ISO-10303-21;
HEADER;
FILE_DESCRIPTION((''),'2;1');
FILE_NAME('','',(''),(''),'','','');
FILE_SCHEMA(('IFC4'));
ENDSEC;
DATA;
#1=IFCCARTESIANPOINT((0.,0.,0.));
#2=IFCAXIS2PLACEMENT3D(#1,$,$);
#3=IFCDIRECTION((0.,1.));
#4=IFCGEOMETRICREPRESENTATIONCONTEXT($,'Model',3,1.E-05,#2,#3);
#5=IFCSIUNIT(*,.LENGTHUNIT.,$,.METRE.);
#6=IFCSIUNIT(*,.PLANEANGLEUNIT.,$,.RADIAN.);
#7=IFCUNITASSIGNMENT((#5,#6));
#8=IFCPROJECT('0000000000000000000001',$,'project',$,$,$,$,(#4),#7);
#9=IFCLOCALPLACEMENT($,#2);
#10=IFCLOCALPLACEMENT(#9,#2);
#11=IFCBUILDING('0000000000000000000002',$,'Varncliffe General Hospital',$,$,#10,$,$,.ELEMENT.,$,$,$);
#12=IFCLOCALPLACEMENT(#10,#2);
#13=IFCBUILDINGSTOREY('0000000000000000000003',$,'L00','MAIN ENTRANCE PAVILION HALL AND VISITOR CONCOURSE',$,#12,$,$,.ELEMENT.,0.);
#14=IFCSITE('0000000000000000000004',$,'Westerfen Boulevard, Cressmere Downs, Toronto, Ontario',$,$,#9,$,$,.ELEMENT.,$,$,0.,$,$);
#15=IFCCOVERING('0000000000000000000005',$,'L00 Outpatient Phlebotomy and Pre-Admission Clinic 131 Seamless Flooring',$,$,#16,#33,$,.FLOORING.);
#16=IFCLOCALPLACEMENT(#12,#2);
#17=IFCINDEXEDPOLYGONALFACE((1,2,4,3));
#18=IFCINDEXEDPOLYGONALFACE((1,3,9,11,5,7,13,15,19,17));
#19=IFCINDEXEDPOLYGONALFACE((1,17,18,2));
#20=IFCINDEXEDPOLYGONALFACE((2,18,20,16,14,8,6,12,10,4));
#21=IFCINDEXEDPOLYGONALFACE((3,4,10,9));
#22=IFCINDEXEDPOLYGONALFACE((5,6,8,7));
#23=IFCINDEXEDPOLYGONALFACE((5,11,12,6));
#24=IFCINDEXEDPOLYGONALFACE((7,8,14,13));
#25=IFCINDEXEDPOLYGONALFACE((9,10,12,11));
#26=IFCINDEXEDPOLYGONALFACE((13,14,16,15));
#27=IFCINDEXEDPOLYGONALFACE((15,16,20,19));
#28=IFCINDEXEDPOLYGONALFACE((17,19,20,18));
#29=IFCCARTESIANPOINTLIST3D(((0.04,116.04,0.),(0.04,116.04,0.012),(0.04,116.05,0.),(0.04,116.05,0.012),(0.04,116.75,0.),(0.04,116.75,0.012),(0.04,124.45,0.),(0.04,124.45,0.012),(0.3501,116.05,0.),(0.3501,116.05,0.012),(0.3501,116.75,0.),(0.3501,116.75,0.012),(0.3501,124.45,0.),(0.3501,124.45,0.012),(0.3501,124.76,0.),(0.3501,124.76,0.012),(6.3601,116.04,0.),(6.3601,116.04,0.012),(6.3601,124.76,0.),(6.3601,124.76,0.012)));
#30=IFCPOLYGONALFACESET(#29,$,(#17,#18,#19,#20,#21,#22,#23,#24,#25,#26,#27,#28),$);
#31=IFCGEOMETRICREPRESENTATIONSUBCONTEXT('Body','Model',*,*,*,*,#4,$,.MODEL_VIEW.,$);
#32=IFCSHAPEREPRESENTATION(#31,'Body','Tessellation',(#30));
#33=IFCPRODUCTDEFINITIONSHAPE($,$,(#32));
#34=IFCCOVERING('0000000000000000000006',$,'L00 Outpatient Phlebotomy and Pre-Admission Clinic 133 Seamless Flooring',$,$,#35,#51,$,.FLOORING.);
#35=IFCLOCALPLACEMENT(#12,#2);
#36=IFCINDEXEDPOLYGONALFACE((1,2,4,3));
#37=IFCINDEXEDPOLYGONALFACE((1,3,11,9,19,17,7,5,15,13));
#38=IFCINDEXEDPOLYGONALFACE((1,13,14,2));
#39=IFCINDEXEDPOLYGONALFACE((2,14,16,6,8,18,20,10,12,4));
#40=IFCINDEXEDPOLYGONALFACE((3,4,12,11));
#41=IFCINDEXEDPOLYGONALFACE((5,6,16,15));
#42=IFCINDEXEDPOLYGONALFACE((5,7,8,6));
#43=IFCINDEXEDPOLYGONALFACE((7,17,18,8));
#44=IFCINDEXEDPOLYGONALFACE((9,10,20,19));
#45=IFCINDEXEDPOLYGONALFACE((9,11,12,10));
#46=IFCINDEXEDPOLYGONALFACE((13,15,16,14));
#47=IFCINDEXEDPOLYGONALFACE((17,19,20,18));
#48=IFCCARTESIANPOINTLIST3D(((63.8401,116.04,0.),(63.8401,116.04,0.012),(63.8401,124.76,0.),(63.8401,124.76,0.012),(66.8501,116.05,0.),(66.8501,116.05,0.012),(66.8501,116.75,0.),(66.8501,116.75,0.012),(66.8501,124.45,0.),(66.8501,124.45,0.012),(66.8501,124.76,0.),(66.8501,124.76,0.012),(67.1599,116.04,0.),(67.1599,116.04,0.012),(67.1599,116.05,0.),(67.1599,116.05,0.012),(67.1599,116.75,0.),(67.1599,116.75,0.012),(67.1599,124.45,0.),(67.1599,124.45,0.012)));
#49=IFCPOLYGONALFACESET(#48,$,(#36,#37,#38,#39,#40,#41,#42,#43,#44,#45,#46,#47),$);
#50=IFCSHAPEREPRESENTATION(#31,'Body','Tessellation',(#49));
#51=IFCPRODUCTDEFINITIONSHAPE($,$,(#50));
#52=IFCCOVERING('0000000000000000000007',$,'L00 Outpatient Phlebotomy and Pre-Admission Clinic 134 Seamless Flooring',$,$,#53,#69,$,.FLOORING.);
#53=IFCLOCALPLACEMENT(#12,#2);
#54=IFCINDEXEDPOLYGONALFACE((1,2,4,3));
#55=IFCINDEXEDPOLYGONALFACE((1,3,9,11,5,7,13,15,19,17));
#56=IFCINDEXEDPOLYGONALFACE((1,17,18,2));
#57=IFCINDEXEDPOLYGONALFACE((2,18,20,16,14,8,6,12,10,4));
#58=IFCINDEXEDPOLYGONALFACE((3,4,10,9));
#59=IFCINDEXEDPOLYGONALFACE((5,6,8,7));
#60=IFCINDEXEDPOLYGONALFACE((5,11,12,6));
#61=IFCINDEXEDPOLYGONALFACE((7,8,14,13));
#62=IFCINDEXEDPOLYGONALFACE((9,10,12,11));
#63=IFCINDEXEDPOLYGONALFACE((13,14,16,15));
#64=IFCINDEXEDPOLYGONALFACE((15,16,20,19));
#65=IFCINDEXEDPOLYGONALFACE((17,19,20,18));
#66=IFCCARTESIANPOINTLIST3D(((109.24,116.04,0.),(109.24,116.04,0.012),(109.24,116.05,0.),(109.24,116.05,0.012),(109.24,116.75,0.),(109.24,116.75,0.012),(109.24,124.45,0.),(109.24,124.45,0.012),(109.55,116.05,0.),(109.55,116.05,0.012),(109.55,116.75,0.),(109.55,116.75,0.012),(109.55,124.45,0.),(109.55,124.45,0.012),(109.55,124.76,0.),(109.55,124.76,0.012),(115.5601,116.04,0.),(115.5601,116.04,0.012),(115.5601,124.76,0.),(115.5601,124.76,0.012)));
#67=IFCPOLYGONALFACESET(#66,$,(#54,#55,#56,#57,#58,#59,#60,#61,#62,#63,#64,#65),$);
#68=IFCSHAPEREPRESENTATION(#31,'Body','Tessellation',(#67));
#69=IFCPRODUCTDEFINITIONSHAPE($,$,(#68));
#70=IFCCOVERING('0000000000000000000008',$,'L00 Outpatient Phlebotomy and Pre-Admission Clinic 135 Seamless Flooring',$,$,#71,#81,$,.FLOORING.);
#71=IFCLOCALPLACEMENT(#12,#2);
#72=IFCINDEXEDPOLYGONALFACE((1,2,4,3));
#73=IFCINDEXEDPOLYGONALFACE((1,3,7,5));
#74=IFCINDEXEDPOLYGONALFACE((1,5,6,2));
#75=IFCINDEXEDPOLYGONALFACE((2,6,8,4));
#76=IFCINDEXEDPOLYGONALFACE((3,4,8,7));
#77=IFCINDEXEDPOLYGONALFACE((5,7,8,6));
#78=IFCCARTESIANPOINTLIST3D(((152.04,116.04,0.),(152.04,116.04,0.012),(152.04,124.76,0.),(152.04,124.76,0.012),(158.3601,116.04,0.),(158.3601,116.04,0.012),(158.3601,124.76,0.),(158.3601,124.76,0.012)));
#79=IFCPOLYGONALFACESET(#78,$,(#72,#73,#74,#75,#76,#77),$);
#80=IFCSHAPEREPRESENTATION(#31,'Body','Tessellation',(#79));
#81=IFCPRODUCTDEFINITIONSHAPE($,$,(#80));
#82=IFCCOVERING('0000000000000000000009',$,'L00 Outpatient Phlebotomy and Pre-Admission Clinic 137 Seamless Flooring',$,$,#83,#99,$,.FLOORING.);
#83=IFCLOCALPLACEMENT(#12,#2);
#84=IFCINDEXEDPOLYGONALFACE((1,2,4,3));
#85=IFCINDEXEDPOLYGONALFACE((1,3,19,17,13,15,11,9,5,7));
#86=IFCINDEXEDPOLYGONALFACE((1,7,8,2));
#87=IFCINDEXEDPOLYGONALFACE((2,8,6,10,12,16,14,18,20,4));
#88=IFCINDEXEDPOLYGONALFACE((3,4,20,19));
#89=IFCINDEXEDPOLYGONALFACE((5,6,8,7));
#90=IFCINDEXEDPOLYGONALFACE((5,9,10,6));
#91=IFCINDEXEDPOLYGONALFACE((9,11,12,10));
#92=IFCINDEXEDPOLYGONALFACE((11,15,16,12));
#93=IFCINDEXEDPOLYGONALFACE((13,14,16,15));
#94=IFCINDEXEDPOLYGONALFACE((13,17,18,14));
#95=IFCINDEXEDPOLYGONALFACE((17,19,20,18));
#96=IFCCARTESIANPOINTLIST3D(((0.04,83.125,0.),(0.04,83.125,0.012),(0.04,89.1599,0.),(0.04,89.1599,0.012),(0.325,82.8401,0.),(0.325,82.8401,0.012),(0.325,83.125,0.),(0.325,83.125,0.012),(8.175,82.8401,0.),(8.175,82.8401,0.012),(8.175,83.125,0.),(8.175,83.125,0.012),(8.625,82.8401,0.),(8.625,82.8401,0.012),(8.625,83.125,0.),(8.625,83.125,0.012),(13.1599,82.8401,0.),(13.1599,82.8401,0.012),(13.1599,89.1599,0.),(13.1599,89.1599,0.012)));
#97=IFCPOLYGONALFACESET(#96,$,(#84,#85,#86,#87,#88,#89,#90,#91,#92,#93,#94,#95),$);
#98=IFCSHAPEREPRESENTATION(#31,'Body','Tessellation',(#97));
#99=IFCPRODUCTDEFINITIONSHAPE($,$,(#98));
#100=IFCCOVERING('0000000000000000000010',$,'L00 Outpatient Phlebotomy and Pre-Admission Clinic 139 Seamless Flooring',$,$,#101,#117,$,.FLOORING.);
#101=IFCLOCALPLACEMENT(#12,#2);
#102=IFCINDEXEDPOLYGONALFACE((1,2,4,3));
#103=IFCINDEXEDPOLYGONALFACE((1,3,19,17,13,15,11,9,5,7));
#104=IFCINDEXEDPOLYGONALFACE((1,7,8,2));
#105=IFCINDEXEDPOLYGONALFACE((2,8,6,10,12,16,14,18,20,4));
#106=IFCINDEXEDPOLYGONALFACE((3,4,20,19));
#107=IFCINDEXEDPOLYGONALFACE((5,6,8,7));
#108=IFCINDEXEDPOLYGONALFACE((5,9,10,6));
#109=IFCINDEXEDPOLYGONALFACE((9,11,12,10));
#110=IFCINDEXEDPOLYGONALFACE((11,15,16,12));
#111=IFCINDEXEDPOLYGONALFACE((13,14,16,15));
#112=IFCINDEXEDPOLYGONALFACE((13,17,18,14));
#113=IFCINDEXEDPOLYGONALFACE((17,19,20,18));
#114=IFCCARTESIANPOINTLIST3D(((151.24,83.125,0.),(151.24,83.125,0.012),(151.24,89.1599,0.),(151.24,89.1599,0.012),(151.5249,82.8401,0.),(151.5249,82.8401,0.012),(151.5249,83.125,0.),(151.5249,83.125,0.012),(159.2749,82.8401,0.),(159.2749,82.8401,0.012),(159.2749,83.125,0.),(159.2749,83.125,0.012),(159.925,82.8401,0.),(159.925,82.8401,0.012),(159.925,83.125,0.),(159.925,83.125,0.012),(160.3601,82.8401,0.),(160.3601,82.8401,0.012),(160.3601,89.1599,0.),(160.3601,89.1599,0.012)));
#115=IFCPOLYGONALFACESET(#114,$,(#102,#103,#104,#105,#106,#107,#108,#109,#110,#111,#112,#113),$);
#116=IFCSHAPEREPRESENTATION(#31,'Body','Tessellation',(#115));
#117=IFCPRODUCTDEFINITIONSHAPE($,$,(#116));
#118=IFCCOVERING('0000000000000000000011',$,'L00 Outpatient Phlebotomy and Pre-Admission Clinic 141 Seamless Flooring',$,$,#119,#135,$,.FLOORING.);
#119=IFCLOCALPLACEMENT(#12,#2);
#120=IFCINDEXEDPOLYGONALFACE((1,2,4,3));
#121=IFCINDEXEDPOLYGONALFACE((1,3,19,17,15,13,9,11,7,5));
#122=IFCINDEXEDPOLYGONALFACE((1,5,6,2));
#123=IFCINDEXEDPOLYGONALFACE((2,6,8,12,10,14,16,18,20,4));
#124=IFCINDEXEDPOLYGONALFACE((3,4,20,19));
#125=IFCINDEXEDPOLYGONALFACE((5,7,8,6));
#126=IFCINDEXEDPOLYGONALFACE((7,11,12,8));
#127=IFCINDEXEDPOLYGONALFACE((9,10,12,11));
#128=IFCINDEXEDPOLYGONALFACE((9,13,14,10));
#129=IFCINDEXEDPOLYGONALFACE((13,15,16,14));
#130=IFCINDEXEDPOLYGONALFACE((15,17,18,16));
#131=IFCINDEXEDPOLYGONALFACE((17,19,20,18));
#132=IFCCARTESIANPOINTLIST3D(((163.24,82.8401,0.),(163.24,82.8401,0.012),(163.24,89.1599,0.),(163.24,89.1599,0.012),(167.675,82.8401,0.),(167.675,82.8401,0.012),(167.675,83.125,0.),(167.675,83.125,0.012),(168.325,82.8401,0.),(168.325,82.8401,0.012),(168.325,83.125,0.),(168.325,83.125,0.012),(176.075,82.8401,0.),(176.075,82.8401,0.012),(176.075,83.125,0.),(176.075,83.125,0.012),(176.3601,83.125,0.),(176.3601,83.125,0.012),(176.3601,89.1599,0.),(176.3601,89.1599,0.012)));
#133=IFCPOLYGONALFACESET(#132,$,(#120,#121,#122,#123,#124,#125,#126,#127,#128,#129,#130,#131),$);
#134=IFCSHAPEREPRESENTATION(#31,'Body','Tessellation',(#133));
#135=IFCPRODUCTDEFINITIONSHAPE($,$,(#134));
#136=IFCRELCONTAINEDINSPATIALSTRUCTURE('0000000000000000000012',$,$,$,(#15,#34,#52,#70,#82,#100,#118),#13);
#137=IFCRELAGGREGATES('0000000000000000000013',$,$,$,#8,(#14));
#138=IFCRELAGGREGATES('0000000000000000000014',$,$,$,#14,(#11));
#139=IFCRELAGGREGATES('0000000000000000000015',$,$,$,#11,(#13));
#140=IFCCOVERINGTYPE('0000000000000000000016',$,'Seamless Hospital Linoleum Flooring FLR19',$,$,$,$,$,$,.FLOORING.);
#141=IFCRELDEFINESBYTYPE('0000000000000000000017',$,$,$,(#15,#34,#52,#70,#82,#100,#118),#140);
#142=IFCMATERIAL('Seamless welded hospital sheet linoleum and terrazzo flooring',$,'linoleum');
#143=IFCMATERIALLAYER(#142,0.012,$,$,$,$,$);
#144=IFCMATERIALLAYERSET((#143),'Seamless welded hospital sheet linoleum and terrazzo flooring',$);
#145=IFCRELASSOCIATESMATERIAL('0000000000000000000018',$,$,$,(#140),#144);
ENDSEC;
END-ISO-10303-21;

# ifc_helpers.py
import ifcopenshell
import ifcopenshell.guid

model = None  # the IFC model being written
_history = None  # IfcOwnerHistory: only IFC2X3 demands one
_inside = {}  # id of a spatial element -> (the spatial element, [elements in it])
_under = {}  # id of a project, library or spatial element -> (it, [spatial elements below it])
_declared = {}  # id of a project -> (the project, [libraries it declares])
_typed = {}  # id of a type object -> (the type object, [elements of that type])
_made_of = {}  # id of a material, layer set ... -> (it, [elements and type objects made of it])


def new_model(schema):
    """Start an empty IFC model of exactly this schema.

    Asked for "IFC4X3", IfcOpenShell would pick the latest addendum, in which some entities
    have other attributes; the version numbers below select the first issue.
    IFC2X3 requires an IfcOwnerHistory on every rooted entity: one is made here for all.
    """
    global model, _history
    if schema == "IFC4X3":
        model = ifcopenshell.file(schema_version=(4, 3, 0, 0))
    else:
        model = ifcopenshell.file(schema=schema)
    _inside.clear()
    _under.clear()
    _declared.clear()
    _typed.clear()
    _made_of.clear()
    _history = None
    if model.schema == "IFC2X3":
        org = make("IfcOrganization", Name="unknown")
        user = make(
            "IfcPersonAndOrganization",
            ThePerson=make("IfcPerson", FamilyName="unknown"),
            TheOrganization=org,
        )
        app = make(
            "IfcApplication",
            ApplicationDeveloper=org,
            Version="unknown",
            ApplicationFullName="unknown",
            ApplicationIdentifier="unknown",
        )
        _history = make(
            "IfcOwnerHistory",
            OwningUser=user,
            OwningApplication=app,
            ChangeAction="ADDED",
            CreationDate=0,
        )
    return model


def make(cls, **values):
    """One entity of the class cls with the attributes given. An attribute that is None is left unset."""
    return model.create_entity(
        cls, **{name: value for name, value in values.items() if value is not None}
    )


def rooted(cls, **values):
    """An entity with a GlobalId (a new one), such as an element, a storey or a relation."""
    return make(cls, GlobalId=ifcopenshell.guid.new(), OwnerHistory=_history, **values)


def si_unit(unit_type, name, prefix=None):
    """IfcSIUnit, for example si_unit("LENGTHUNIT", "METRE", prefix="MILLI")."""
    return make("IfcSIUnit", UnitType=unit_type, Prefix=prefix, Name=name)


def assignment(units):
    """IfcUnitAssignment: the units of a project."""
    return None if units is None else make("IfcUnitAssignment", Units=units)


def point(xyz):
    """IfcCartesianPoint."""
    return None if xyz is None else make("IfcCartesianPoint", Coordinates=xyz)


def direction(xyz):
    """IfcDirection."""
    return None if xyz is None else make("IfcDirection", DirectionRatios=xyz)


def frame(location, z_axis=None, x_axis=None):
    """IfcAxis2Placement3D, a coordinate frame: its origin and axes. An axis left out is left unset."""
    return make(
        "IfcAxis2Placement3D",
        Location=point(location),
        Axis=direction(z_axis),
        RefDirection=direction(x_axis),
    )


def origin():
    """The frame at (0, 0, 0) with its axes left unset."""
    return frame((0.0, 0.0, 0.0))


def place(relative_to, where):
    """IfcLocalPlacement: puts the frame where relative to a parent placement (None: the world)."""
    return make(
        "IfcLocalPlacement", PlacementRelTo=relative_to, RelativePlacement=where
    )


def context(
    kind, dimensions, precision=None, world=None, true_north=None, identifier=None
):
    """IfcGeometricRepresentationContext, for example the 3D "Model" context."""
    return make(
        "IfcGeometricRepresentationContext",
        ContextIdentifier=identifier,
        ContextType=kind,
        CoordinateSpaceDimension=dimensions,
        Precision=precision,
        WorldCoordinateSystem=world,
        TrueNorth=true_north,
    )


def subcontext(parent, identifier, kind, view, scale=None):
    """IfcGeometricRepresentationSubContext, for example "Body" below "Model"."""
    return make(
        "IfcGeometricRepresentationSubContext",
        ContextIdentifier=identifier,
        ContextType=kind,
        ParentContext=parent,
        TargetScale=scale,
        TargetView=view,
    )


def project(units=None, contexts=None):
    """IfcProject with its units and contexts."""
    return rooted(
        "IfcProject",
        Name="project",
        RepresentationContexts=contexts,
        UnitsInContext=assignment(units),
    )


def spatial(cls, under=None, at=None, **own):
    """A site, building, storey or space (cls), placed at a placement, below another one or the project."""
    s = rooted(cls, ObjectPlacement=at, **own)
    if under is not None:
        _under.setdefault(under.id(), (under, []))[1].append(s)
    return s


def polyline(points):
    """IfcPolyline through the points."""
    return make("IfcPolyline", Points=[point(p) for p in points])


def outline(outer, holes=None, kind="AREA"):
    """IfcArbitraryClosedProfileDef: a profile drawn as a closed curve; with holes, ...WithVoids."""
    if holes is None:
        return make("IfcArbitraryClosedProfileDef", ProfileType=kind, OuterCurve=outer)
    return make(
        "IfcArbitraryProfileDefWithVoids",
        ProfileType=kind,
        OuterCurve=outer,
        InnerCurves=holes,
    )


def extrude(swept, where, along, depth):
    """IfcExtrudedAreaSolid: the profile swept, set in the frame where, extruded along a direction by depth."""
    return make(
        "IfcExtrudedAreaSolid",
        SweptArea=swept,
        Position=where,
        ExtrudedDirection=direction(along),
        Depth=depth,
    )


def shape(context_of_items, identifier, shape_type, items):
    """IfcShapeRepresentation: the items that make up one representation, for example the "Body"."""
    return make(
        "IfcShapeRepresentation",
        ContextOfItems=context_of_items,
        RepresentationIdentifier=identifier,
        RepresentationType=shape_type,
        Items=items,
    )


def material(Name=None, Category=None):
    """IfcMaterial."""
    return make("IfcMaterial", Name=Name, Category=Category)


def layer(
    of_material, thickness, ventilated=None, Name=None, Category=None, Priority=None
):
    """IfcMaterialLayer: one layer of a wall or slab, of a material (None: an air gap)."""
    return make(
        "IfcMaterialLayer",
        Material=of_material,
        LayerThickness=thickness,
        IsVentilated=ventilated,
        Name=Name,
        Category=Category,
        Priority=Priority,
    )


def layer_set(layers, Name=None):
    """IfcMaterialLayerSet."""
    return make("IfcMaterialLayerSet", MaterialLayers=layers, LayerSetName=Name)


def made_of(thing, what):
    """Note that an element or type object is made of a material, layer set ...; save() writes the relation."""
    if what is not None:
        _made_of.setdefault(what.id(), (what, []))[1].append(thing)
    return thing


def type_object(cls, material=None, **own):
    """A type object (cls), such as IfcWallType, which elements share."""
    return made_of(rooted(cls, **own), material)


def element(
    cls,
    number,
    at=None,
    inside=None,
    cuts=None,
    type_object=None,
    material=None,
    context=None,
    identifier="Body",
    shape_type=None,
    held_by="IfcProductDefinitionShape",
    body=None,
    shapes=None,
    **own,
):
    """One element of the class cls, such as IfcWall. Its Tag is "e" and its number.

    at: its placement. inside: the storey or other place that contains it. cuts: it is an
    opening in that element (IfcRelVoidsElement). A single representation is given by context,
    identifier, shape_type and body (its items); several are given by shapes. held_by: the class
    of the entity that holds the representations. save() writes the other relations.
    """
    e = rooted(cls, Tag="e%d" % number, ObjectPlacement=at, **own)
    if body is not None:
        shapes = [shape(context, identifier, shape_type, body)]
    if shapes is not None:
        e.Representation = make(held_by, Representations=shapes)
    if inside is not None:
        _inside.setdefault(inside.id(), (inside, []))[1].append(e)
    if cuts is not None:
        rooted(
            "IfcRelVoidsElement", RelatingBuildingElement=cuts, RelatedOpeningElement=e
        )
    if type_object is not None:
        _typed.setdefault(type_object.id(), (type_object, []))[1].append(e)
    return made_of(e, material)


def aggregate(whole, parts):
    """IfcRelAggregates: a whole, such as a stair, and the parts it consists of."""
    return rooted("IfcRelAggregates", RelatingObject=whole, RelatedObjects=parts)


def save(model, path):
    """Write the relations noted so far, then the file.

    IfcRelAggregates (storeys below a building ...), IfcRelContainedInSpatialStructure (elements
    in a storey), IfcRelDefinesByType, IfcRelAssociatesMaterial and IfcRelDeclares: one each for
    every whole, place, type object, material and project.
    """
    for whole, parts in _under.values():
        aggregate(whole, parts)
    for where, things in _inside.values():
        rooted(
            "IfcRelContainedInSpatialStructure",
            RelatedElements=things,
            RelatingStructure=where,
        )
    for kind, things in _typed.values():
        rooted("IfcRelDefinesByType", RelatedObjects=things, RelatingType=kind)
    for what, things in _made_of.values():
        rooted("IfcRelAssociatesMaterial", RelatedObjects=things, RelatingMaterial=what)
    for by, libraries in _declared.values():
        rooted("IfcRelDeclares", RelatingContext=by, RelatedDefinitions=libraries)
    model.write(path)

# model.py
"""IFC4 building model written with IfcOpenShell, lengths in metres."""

from ifc_helpers import new_model, si_unit, direction, origin, place, context, subcontext, project, spatial, polyline, outline, extrude, material, layer, layer_set, type_object, element, save


model = new_model("IFC4")

# Units and contexts
model_context = context("Model", 3, precision=1e-05, world=origin(), true_north=direction((0.0, 1.0)))
body_context = subcontext(model_context, "Body", "Model", "MODEL_VIEW")
ifc_project = project(units=[si_unit("LENGTHUNIT", "METRE"), si_unit("PLANEANGLEUNIT", "RADIAN")], contexts=[model_context])

# Site, building, storey
site_placement = place(None, origin())
site = spatial("IfcSite", under=ifc_project, at=site_placement, Name="Westerfen Boulevard, Cressmere Downs, Toronto, Ontario", CompositionType="ELEMENT", RefElevation=0.0)
building_placement = place(site_placement, origin())
building = spatial("IfcBuilding", under=site, at=building_placement, Name="Varncliffe General Hospital", CompositionType="ELEMENT")
storey_placement = place(building_placement, origin())
storey = spatial("IfcBuildingStorey", under=building, at=storey_placement, Name="L00", Description="MAIN ENTRANCE PAVILION HALL AND VISITOR CONCOURSE", CompositionType="ELEMENT", Elevation=0.0)

# Coverings
ifc_material_1 = material(Name="Seamless welded hospital sheet linoleum and terrazzo flooring", Category="linoleum")
ifc_layer_1 = layer(ifc_material_1, 0.012)
ifc_layer_set_1 = layer_set([ifc_layer_1], Name="Seamless welded hospital sheet linoleum and terrazzo flooring")
covering_type_1 = type_object("IfcCoveringType", Name="Seamless Hospital Linoleum Flooring FLR19", PredefinedType="FLOORING", material=ifc_layer_set_1)
covering_1_placement = place(storey_placement, origin())
element("IfcCovering", 1, at=covering_1_placement, inside=storey, type_object=covering_type_1, Name="L00 Outpatient Phlebotomy and Pre-Admission Clinic 131 Seamless Flooring", PredefinedType="FLOORING", context=body_context, shape_type="SweptSolid", body=[
    extrude(outline(polyline([(6.3601, 124.76), (6.3601, 116.04), (0.04, 116.04), (0.04, 116.05), (0.3501, 116.05), (0.3501, 116.75), (0.04, 116.75), (0.04, 124.45), (0.3501, 124.45), (0.3501, 124.76), (6.3601, 124.76)])), origin(), (0.0, 0.0, 1.0), 0.012),
])
covering_2_placement = place(storey_placement, origin())
element("IfcCovering", 2, at=covering_2_placement, inside=storey, type_object=covering_type_1, Name="L00 Outpatient Phlebotomy and Pre-Admission Clinic 133 Seamless Flooring", PredefinedType="FLOORING", context=body_context, shape_type="SweptSolid", body=[
    extrude(outline(polyline([(63.8401, 116.04), (63.8401, 124.76), (66.8501, 124.76), (66.8501, 124.45), (67.1599, 124.45), (67.1599, 116.75), (66.8501, 116.75), (66.8501, 116.05), (67.1599, 116.05), (67.1599, 116.04), (63.8401, 116.04)])), origin(), (0.0, 0.0, 1.0), 0.012),
])
covering_3_placement = place(storey_placement, origin())
element("IfcCovering", 3, at=covering_3_placement, inside=storey, type_object=covering_type_1, Name="L00 Outpatient Phlebotomy and Pre-Admission Clinic 134 Seamless Flooring", PredefinedType="FLOORING", context=body_context, shape_type="SweptSolid", body=[
    extrude(outline(polyline([(115.5601, 124.76), (115.5601, 116.04), (109.24, 116.04), (109.24, 116.05), (109.55, 116.05), (109.55, 116.75), (109.24, 116.75), (109.24, 124.45), (109.55, 124.45), (109.55, 124.76), (115.5601, 124.76)])), origin(), (0.0, 0.0, 1.0), 0.012),
])
covering_4_placement = place(storey_placement, origin())
element("IfcCovering", 4, at=covering_4_placement, inside=storey, type_object=covering_type_1, Name="L00 Outpatient Phlebotomy and Pre-Admission Clinic 135 Seamless Flooring", PredefinedType="FLOORING", context=body_context, shape_type="SweptSolid", body=[
    extrude(outline(polyline([(158.3601, 116.04), (158.3601, 124.76), (152.04, 124.76), (152.04, 116.04), (158.3601, 116.04)])), origin(), (0.0, 0.0, 1.0), 0.012),
])
covering_5_placement = place(storey_placement, origin())
element("IfcCovering", 5, at=covering_5_placement, inside=storey, type_object=covering_type_1, Name="L00 Outpatient Phlebotomy and Pre-Admission Clinic 137 Seamless Flooring", PredefinedType="FLOORING", context=body_context, shape_type="SweptSolid", body=[
    extrude(outline(polyline([(13.1599, 89.1599), (13.1599, 82.8401), (8.625, 82.8401), (8.625, 83.125), (8.175, 83.125), (8.175, 82.8401), (0.325, 82.8401), (0.325, 83.125), (0.04, 83.125), (0.04, 89.1599), (13.1599, 89.1599)])), origin(), (0.0, 0.0, 1.0), 0.012),
])
covering_6_placement = place(storey_placement, origin())
element("IfcCovering", 6, at=covering_6_placement, inside=storey, type_object=covering_type_1, Name="L00 Outpatient Phlebotomy and Pre-Admission Clinic 139 Seamless Flooring", PredefinedType="FLOORING", context=body_context, shape_type="SweptSolid", body=[
    extrude(outline(polyline([(160.3601, 89.1599), (160.3601, 82.8401), (159.925, 82.8401), (159.925, 83.125), (159.2749, 83.125), (159.2749, 82.8401), (151.5249, 82.8401), (151.5249, 83.125), (151.24, 83.125), (151.24, 89.1599), (160.3601, 89.1599)])), origin(), (0.0, 0.0, 1.0), 0.012),
])
covering_7_placement = place(storey_placement, origin())
element("IfcCovering", 7, at=covering_7_placement, inside=storey, type_object=covering_type_1, Name="L00 Outpatient Phlebotomy and Pre-Admission Clinic 141 Seamless Flooring", PredefinedType="FLOORING", context=body_context, shape_type="SweptSolid", body=[
    extrude(outline(polyline([(163.24, 89.1599), (176.3601, 89.1599), (176.3601, 83.125), (176.075, 83.125), (176.075, 82.8401), (168.325, 82.8401), (168.325, 83.125), (167.675, 83.125), (167.675, 82.8401), (163.24, 82.8401), (163.24, 89.1599)])), origin(), (0.0, 0.0, 1.0), 0.012),
])

save(model, "model.ifc")
